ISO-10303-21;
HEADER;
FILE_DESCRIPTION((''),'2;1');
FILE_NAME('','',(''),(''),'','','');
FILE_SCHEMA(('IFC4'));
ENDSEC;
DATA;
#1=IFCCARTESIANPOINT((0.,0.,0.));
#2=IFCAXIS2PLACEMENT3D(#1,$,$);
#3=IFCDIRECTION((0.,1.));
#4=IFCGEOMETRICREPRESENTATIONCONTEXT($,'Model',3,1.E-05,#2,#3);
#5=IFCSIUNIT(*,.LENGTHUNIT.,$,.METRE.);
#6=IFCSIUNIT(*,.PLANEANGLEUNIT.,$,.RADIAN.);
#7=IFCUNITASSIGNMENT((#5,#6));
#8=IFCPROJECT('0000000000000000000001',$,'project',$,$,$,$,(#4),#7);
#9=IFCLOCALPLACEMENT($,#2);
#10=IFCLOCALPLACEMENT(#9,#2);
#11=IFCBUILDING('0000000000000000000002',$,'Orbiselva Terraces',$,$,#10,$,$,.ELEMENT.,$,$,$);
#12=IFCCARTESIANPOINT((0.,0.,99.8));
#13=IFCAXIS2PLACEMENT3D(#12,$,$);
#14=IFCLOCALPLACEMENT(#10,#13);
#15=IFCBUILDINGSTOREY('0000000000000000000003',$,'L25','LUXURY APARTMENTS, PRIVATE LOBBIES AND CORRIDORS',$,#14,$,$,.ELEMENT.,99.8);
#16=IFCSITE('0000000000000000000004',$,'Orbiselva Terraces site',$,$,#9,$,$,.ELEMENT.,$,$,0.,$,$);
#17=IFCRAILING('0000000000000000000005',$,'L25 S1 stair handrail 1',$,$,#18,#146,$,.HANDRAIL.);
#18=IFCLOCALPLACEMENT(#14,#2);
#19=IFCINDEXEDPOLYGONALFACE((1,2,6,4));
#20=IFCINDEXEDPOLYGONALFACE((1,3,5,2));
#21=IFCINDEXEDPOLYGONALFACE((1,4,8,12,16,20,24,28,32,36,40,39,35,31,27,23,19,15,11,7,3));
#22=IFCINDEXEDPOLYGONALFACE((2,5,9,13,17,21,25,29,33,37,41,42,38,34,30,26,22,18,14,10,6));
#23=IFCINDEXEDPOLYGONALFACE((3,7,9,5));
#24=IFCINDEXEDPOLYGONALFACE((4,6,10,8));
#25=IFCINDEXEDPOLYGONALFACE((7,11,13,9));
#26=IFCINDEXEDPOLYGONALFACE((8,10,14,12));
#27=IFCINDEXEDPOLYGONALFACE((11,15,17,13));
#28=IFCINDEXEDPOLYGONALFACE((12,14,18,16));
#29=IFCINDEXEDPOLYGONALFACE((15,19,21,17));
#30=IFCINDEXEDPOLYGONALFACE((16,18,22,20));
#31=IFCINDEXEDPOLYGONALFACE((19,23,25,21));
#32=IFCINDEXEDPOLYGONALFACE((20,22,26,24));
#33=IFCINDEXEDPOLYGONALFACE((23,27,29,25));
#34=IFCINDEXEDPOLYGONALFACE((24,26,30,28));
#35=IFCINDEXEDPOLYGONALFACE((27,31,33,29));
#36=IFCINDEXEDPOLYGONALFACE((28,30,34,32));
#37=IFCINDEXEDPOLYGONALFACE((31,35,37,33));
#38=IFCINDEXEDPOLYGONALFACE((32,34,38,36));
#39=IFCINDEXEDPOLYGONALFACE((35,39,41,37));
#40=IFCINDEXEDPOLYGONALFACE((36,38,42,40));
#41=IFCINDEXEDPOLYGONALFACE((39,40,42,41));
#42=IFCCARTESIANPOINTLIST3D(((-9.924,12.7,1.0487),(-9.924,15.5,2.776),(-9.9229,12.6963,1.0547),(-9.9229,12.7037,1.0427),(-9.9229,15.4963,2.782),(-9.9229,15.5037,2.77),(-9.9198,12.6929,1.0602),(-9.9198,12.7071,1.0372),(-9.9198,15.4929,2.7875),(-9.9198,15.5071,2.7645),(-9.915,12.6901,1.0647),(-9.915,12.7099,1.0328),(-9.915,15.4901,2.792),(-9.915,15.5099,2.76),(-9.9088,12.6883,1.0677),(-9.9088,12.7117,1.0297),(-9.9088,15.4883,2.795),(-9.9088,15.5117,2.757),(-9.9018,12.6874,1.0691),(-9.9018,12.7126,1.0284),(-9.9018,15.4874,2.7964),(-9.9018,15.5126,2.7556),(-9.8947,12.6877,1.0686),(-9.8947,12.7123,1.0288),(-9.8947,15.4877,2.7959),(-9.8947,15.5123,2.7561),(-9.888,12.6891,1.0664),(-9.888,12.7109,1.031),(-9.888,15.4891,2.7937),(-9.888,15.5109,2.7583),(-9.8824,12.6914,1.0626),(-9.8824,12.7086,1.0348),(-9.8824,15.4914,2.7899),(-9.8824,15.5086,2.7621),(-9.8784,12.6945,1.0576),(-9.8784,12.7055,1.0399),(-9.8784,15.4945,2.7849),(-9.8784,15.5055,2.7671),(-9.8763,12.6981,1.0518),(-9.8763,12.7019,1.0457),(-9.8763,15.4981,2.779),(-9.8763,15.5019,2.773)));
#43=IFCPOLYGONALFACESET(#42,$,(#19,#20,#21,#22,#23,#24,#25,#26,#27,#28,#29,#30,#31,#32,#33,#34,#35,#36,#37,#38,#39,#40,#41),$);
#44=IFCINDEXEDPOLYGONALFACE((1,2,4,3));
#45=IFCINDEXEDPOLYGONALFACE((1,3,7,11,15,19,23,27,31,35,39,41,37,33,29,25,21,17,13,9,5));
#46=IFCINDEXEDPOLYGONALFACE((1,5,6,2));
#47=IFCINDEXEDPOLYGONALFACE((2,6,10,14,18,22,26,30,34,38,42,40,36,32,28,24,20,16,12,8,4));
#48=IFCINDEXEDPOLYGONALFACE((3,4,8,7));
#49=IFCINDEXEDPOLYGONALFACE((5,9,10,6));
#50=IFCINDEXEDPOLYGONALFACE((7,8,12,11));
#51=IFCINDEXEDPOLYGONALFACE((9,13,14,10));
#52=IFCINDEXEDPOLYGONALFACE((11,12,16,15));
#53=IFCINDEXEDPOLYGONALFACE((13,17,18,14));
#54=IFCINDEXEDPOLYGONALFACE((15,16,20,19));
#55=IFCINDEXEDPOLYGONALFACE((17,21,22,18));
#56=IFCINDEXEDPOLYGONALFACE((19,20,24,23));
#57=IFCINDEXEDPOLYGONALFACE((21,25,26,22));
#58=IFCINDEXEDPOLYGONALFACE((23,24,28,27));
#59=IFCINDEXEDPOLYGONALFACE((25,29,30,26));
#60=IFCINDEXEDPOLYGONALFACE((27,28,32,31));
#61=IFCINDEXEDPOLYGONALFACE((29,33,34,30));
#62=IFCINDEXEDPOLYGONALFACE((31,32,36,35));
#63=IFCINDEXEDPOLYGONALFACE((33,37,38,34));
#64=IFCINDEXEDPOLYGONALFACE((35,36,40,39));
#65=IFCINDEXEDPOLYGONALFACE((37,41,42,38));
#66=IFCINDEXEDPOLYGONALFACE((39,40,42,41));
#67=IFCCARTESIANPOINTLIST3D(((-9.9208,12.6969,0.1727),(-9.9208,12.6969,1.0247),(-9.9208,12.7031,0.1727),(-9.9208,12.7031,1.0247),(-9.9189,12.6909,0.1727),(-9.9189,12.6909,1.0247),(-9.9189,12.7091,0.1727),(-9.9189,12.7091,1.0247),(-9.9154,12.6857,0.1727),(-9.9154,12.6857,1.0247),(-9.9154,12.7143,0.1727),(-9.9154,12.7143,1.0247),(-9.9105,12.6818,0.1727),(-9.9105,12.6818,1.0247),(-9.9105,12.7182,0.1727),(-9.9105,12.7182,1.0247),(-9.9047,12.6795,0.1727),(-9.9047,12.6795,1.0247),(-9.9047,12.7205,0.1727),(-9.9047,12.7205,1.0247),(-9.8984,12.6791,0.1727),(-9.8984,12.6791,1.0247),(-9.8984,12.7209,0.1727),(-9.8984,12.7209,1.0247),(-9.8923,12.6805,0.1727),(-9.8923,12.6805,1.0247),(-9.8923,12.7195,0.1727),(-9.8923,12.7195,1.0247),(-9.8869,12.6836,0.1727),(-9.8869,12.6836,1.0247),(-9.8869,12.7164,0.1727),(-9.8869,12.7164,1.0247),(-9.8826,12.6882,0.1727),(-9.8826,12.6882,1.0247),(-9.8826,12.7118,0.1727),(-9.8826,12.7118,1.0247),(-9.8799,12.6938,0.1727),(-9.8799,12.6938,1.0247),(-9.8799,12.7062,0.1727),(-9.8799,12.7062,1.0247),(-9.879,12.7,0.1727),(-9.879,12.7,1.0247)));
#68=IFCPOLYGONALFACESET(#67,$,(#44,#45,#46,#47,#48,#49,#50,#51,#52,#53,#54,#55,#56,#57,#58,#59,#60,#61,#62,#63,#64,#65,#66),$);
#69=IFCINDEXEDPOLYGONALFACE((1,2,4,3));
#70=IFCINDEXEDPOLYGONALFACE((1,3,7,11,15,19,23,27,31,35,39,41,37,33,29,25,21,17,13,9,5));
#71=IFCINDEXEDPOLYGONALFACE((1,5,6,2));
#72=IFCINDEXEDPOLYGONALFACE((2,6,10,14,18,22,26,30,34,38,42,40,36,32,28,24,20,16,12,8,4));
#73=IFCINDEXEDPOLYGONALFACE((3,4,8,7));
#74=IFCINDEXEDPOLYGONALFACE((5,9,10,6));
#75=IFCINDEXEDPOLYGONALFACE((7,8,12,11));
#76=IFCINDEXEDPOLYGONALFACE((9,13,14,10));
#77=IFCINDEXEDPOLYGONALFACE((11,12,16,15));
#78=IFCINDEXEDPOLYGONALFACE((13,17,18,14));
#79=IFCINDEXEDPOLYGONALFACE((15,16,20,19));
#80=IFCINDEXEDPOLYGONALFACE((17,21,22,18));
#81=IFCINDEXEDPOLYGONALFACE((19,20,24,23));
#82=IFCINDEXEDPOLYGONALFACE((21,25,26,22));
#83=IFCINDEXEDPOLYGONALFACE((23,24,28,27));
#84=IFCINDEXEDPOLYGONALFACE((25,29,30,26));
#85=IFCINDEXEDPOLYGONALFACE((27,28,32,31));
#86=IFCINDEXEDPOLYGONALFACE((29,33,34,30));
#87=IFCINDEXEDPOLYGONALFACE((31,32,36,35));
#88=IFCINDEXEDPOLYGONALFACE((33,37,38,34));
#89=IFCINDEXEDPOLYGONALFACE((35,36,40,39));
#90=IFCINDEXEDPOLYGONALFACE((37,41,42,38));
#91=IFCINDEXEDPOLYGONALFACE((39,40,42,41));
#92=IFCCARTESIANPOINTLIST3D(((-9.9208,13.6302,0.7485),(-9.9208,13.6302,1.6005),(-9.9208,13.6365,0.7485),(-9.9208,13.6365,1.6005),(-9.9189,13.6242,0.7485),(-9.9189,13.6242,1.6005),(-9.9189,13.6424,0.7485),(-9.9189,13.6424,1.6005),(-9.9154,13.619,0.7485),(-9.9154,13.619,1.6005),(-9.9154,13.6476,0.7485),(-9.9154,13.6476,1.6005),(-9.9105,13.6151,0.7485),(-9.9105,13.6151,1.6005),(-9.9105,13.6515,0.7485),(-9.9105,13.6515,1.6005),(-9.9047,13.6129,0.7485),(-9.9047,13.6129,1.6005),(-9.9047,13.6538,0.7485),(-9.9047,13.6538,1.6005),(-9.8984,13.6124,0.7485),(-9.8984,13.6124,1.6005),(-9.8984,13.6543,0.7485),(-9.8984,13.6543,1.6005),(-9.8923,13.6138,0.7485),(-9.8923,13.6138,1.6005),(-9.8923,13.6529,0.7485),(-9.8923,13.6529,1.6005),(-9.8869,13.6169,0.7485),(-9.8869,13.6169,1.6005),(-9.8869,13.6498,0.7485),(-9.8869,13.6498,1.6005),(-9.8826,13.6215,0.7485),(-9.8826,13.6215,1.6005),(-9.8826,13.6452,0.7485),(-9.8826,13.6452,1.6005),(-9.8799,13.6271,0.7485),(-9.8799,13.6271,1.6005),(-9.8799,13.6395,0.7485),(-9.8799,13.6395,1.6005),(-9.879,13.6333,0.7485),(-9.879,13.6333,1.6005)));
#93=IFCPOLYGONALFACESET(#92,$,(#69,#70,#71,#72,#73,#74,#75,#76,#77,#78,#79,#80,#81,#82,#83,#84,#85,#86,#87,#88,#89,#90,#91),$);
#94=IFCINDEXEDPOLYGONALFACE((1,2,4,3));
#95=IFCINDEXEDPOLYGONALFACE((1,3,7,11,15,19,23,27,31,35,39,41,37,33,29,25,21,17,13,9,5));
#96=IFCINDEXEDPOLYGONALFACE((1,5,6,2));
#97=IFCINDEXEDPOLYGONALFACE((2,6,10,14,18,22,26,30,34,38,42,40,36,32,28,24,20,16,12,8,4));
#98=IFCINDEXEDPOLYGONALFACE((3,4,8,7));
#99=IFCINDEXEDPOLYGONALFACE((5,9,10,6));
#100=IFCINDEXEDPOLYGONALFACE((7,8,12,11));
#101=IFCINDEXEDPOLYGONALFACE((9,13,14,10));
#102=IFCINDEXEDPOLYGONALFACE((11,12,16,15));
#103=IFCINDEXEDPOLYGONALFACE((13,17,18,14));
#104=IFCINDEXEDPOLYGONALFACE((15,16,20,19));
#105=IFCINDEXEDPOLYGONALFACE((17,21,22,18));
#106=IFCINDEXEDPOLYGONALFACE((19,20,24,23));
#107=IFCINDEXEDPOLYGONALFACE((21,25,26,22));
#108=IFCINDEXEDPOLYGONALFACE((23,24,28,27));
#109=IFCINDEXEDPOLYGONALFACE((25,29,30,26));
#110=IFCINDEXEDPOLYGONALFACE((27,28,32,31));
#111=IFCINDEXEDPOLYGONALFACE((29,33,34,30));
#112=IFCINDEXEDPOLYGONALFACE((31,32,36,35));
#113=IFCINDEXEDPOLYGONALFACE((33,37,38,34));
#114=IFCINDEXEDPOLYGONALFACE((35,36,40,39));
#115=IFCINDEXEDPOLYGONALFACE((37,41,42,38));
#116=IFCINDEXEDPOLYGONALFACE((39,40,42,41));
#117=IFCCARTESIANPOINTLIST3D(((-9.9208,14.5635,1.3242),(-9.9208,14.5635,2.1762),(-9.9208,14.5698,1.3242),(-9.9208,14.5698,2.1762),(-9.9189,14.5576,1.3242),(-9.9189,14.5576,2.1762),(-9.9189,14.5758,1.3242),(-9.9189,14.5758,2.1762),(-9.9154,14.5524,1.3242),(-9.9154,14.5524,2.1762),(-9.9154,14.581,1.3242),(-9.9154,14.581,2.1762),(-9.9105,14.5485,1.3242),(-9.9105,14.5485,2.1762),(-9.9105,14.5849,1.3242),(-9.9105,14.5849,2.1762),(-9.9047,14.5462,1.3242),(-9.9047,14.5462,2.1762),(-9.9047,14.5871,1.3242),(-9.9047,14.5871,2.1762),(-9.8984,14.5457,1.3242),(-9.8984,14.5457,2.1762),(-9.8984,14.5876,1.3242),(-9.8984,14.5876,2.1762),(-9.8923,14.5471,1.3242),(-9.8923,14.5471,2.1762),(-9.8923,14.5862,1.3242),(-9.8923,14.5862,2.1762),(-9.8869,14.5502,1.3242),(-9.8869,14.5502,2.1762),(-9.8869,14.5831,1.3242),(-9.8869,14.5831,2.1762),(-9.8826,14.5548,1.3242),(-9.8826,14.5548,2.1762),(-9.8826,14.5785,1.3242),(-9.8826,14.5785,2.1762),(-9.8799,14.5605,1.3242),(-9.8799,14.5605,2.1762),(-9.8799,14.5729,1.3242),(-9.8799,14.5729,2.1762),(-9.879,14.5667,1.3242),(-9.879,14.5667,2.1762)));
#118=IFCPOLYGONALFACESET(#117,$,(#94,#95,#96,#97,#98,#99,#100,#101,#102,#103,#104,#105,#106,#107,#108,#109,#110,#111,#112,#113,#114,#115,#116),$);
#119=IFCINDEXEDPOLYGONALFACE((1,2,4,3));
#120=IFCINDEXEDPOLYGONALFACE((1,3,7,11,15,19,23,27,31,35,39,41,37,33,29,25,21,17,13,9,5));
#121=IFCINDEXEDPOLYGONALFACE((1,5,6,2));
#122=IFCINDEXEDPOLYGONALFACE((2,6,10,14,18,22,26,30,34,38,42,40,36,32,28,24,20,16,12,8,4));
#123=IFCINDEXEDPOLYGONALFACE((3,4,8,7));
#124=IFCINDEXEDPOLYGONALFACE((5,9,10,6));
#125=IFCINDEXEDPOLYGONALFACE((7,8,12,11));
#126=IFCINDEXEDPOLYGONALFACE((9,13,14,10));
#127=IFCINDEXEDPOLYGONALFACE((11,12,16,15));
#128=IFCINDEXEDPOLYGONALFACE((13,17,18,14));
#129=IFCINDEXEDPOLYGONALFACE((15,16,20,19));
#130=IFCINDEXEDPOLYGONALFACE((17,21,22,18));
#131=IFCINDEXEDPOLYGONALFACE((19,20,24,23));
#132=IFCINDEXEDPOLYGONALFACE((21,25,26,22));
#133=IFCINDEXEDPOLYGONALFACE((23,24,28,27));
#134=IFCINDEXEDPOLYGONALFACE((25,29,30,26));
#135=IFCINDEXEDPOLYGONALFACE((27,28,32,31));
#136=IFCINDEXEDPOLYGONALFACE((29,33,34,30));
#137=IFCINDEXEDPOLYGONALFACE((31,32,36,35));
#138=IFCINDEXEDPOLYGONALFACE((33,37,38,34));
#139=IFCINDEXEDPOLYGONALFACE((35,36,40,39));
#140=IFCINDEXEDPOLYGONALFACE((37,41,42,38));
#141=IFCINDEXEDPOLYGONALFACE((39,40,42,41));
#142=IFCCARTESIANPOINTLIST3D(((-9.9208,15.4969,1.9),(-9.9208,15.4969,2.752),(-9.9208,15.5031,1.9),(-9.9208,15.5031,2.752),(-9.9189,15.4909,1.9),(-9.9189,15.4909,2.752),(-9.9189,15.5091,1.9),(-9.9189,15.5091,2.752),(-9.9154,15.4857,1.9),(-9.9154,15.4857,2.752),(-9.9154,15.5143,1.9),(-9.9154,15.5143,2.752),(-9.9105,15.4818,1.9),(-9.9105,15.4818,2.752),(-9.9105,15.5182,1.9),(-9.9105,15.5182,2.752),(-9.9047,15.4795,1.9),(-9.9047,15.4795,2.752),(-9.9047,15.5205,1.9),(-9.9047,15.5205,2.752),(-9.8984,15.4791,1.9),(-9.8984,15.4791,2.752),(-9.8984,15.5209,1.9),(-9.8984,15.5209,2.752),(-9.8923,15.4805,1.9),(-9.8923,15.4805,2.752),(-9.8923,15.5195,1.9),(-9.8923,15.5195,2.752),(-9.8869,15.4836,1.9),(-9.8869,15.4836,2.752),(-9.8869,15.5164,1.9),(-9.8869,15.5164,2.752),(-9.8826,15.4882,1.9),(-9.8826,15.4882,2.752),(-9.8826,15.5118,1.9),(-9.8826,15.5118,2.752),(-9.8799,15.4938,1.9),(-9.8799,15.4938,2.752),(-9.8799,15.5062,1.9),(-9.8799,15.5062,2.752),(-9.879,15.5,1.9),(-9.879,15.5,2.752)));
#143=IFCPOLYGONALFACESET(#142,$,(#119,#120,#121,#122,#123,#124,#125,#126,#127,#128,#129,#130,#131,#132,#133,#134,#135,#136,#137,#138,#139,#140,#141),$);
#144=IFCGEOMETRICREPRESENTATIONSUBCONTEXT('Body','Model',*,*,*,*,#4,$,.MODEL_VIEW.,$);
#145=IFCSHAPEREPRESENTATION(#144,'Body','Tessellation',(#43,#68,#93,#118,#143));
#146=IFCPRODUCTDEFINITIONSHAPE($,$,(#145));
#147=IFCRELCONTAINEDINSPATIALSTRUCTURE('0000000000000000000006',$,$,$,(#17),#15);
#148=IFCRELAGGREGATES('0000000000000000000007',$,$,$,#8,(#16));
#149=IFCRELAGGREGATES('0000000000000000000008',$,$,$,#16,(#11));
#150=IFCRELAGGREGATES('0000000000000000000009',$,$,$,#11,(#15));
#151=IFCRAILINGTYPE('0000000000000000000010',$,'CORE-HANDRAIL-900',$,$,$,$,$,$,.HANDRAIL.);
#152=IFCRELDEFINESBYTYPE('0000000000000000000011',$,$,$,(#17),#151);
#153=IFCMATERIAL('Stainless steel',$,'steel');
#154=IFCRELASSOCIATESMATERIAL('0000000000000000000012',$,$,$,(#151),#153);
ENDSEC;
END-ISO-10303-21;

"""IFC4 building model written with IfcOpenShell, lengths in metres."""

from ifc_helpers import new_model, si_unit, direction, frame, origin, origin_2d, place, context, subcontext, project, spatial, circle, extrude, material, type_object, element, save


model = new_model("IFC4")

# Units and contexts
model_context = context("Model", 3, precision=1e-05, world=origin(), true_north=direction((0.0, 1.0)))
body_context = subcontext(model_context, "Body", "Model", "MODEL_VIEW")
ifc_project = project(units=[si_unit("LENGTHUNIT", "METRE"), si_unit("PLANEANGLEUNIT", "RADIAN")], contexts=[model_context])

# Site, building, storey
site_placement = place(None, origin())
site = spatial("IfcSite", under=ifc_project, at=site_placement, Name="Orbiselva Terraces site", CompositionType="ELEMENT", RefElevation=0.0)
building_placement = place(site_placement, origin())
building = spatial("IfcBuilding", under=site, at=building_placement, Name="Orbiselva Terraces", CompositionType="ELEMENT")
storey_placement = place(building_placement, frame((0.0, 0.0, 99.8)))
storey = spatial("IfcBuildingStorey", under=building, at=storey_placement, Name="L25", Description="LUXURY APARTMENTS, PRIVATE LOBBIES AND CORRIDORS", CompositionType="ELEMENT", Elevation=99.8)

# Railing
ifc_material_1 = material(Name="Stainless steel", Category="steel")
railing_type = type_object("IfcRailingType", Name="CORE-HANDRAIL-900", PredefinedType="HANDRAIL", material=ifc_material_1)
railing_1_placement = place(storey_placement, frame((-9.9, 12.7, 0.1727)))
element("IfcRailing", 1, at=railing_1_placement, inside=storey, type_object=railing_type, Name="L25 S1 stair handrail 1", PredefinedType="HANDRAIL", context=body_context, shape_type="SweptSolid", body=[
    extrude(circle(Radius=0.024, at=origin_2d()), frame((0.0, 0.0, 0.876), z_axis=(0.0, 0.851089, 0.525022), x_axis=(-1.0, 0.0, 0.0)), (0.0, 0.0, 1.0), 3.2899),
    extrude(circle(Radius=0.021, at=origin_2d()), origin(), (0.0, 0.0, 1.0), 0.852),
    extrude(circle(Radius=0.021, at=origin_2d()), frame((0.0, 0.9333, 0.5758)), (0.0, 0.0, 1.0), 0.852),
    extrude(circle(Radius=0.021, at=origin_2d()), frame((0.0, 1.8667, 1.1515)), (0.0, 0.0, 1.0), 0.852),
    extrude(circle(Radius=0.021, at=origin_2d()), frame((0.0, 2.8, 1.7273)), (0.0, 0.0, 1.0), 0.852),
])

save(model, "model.ifc")
